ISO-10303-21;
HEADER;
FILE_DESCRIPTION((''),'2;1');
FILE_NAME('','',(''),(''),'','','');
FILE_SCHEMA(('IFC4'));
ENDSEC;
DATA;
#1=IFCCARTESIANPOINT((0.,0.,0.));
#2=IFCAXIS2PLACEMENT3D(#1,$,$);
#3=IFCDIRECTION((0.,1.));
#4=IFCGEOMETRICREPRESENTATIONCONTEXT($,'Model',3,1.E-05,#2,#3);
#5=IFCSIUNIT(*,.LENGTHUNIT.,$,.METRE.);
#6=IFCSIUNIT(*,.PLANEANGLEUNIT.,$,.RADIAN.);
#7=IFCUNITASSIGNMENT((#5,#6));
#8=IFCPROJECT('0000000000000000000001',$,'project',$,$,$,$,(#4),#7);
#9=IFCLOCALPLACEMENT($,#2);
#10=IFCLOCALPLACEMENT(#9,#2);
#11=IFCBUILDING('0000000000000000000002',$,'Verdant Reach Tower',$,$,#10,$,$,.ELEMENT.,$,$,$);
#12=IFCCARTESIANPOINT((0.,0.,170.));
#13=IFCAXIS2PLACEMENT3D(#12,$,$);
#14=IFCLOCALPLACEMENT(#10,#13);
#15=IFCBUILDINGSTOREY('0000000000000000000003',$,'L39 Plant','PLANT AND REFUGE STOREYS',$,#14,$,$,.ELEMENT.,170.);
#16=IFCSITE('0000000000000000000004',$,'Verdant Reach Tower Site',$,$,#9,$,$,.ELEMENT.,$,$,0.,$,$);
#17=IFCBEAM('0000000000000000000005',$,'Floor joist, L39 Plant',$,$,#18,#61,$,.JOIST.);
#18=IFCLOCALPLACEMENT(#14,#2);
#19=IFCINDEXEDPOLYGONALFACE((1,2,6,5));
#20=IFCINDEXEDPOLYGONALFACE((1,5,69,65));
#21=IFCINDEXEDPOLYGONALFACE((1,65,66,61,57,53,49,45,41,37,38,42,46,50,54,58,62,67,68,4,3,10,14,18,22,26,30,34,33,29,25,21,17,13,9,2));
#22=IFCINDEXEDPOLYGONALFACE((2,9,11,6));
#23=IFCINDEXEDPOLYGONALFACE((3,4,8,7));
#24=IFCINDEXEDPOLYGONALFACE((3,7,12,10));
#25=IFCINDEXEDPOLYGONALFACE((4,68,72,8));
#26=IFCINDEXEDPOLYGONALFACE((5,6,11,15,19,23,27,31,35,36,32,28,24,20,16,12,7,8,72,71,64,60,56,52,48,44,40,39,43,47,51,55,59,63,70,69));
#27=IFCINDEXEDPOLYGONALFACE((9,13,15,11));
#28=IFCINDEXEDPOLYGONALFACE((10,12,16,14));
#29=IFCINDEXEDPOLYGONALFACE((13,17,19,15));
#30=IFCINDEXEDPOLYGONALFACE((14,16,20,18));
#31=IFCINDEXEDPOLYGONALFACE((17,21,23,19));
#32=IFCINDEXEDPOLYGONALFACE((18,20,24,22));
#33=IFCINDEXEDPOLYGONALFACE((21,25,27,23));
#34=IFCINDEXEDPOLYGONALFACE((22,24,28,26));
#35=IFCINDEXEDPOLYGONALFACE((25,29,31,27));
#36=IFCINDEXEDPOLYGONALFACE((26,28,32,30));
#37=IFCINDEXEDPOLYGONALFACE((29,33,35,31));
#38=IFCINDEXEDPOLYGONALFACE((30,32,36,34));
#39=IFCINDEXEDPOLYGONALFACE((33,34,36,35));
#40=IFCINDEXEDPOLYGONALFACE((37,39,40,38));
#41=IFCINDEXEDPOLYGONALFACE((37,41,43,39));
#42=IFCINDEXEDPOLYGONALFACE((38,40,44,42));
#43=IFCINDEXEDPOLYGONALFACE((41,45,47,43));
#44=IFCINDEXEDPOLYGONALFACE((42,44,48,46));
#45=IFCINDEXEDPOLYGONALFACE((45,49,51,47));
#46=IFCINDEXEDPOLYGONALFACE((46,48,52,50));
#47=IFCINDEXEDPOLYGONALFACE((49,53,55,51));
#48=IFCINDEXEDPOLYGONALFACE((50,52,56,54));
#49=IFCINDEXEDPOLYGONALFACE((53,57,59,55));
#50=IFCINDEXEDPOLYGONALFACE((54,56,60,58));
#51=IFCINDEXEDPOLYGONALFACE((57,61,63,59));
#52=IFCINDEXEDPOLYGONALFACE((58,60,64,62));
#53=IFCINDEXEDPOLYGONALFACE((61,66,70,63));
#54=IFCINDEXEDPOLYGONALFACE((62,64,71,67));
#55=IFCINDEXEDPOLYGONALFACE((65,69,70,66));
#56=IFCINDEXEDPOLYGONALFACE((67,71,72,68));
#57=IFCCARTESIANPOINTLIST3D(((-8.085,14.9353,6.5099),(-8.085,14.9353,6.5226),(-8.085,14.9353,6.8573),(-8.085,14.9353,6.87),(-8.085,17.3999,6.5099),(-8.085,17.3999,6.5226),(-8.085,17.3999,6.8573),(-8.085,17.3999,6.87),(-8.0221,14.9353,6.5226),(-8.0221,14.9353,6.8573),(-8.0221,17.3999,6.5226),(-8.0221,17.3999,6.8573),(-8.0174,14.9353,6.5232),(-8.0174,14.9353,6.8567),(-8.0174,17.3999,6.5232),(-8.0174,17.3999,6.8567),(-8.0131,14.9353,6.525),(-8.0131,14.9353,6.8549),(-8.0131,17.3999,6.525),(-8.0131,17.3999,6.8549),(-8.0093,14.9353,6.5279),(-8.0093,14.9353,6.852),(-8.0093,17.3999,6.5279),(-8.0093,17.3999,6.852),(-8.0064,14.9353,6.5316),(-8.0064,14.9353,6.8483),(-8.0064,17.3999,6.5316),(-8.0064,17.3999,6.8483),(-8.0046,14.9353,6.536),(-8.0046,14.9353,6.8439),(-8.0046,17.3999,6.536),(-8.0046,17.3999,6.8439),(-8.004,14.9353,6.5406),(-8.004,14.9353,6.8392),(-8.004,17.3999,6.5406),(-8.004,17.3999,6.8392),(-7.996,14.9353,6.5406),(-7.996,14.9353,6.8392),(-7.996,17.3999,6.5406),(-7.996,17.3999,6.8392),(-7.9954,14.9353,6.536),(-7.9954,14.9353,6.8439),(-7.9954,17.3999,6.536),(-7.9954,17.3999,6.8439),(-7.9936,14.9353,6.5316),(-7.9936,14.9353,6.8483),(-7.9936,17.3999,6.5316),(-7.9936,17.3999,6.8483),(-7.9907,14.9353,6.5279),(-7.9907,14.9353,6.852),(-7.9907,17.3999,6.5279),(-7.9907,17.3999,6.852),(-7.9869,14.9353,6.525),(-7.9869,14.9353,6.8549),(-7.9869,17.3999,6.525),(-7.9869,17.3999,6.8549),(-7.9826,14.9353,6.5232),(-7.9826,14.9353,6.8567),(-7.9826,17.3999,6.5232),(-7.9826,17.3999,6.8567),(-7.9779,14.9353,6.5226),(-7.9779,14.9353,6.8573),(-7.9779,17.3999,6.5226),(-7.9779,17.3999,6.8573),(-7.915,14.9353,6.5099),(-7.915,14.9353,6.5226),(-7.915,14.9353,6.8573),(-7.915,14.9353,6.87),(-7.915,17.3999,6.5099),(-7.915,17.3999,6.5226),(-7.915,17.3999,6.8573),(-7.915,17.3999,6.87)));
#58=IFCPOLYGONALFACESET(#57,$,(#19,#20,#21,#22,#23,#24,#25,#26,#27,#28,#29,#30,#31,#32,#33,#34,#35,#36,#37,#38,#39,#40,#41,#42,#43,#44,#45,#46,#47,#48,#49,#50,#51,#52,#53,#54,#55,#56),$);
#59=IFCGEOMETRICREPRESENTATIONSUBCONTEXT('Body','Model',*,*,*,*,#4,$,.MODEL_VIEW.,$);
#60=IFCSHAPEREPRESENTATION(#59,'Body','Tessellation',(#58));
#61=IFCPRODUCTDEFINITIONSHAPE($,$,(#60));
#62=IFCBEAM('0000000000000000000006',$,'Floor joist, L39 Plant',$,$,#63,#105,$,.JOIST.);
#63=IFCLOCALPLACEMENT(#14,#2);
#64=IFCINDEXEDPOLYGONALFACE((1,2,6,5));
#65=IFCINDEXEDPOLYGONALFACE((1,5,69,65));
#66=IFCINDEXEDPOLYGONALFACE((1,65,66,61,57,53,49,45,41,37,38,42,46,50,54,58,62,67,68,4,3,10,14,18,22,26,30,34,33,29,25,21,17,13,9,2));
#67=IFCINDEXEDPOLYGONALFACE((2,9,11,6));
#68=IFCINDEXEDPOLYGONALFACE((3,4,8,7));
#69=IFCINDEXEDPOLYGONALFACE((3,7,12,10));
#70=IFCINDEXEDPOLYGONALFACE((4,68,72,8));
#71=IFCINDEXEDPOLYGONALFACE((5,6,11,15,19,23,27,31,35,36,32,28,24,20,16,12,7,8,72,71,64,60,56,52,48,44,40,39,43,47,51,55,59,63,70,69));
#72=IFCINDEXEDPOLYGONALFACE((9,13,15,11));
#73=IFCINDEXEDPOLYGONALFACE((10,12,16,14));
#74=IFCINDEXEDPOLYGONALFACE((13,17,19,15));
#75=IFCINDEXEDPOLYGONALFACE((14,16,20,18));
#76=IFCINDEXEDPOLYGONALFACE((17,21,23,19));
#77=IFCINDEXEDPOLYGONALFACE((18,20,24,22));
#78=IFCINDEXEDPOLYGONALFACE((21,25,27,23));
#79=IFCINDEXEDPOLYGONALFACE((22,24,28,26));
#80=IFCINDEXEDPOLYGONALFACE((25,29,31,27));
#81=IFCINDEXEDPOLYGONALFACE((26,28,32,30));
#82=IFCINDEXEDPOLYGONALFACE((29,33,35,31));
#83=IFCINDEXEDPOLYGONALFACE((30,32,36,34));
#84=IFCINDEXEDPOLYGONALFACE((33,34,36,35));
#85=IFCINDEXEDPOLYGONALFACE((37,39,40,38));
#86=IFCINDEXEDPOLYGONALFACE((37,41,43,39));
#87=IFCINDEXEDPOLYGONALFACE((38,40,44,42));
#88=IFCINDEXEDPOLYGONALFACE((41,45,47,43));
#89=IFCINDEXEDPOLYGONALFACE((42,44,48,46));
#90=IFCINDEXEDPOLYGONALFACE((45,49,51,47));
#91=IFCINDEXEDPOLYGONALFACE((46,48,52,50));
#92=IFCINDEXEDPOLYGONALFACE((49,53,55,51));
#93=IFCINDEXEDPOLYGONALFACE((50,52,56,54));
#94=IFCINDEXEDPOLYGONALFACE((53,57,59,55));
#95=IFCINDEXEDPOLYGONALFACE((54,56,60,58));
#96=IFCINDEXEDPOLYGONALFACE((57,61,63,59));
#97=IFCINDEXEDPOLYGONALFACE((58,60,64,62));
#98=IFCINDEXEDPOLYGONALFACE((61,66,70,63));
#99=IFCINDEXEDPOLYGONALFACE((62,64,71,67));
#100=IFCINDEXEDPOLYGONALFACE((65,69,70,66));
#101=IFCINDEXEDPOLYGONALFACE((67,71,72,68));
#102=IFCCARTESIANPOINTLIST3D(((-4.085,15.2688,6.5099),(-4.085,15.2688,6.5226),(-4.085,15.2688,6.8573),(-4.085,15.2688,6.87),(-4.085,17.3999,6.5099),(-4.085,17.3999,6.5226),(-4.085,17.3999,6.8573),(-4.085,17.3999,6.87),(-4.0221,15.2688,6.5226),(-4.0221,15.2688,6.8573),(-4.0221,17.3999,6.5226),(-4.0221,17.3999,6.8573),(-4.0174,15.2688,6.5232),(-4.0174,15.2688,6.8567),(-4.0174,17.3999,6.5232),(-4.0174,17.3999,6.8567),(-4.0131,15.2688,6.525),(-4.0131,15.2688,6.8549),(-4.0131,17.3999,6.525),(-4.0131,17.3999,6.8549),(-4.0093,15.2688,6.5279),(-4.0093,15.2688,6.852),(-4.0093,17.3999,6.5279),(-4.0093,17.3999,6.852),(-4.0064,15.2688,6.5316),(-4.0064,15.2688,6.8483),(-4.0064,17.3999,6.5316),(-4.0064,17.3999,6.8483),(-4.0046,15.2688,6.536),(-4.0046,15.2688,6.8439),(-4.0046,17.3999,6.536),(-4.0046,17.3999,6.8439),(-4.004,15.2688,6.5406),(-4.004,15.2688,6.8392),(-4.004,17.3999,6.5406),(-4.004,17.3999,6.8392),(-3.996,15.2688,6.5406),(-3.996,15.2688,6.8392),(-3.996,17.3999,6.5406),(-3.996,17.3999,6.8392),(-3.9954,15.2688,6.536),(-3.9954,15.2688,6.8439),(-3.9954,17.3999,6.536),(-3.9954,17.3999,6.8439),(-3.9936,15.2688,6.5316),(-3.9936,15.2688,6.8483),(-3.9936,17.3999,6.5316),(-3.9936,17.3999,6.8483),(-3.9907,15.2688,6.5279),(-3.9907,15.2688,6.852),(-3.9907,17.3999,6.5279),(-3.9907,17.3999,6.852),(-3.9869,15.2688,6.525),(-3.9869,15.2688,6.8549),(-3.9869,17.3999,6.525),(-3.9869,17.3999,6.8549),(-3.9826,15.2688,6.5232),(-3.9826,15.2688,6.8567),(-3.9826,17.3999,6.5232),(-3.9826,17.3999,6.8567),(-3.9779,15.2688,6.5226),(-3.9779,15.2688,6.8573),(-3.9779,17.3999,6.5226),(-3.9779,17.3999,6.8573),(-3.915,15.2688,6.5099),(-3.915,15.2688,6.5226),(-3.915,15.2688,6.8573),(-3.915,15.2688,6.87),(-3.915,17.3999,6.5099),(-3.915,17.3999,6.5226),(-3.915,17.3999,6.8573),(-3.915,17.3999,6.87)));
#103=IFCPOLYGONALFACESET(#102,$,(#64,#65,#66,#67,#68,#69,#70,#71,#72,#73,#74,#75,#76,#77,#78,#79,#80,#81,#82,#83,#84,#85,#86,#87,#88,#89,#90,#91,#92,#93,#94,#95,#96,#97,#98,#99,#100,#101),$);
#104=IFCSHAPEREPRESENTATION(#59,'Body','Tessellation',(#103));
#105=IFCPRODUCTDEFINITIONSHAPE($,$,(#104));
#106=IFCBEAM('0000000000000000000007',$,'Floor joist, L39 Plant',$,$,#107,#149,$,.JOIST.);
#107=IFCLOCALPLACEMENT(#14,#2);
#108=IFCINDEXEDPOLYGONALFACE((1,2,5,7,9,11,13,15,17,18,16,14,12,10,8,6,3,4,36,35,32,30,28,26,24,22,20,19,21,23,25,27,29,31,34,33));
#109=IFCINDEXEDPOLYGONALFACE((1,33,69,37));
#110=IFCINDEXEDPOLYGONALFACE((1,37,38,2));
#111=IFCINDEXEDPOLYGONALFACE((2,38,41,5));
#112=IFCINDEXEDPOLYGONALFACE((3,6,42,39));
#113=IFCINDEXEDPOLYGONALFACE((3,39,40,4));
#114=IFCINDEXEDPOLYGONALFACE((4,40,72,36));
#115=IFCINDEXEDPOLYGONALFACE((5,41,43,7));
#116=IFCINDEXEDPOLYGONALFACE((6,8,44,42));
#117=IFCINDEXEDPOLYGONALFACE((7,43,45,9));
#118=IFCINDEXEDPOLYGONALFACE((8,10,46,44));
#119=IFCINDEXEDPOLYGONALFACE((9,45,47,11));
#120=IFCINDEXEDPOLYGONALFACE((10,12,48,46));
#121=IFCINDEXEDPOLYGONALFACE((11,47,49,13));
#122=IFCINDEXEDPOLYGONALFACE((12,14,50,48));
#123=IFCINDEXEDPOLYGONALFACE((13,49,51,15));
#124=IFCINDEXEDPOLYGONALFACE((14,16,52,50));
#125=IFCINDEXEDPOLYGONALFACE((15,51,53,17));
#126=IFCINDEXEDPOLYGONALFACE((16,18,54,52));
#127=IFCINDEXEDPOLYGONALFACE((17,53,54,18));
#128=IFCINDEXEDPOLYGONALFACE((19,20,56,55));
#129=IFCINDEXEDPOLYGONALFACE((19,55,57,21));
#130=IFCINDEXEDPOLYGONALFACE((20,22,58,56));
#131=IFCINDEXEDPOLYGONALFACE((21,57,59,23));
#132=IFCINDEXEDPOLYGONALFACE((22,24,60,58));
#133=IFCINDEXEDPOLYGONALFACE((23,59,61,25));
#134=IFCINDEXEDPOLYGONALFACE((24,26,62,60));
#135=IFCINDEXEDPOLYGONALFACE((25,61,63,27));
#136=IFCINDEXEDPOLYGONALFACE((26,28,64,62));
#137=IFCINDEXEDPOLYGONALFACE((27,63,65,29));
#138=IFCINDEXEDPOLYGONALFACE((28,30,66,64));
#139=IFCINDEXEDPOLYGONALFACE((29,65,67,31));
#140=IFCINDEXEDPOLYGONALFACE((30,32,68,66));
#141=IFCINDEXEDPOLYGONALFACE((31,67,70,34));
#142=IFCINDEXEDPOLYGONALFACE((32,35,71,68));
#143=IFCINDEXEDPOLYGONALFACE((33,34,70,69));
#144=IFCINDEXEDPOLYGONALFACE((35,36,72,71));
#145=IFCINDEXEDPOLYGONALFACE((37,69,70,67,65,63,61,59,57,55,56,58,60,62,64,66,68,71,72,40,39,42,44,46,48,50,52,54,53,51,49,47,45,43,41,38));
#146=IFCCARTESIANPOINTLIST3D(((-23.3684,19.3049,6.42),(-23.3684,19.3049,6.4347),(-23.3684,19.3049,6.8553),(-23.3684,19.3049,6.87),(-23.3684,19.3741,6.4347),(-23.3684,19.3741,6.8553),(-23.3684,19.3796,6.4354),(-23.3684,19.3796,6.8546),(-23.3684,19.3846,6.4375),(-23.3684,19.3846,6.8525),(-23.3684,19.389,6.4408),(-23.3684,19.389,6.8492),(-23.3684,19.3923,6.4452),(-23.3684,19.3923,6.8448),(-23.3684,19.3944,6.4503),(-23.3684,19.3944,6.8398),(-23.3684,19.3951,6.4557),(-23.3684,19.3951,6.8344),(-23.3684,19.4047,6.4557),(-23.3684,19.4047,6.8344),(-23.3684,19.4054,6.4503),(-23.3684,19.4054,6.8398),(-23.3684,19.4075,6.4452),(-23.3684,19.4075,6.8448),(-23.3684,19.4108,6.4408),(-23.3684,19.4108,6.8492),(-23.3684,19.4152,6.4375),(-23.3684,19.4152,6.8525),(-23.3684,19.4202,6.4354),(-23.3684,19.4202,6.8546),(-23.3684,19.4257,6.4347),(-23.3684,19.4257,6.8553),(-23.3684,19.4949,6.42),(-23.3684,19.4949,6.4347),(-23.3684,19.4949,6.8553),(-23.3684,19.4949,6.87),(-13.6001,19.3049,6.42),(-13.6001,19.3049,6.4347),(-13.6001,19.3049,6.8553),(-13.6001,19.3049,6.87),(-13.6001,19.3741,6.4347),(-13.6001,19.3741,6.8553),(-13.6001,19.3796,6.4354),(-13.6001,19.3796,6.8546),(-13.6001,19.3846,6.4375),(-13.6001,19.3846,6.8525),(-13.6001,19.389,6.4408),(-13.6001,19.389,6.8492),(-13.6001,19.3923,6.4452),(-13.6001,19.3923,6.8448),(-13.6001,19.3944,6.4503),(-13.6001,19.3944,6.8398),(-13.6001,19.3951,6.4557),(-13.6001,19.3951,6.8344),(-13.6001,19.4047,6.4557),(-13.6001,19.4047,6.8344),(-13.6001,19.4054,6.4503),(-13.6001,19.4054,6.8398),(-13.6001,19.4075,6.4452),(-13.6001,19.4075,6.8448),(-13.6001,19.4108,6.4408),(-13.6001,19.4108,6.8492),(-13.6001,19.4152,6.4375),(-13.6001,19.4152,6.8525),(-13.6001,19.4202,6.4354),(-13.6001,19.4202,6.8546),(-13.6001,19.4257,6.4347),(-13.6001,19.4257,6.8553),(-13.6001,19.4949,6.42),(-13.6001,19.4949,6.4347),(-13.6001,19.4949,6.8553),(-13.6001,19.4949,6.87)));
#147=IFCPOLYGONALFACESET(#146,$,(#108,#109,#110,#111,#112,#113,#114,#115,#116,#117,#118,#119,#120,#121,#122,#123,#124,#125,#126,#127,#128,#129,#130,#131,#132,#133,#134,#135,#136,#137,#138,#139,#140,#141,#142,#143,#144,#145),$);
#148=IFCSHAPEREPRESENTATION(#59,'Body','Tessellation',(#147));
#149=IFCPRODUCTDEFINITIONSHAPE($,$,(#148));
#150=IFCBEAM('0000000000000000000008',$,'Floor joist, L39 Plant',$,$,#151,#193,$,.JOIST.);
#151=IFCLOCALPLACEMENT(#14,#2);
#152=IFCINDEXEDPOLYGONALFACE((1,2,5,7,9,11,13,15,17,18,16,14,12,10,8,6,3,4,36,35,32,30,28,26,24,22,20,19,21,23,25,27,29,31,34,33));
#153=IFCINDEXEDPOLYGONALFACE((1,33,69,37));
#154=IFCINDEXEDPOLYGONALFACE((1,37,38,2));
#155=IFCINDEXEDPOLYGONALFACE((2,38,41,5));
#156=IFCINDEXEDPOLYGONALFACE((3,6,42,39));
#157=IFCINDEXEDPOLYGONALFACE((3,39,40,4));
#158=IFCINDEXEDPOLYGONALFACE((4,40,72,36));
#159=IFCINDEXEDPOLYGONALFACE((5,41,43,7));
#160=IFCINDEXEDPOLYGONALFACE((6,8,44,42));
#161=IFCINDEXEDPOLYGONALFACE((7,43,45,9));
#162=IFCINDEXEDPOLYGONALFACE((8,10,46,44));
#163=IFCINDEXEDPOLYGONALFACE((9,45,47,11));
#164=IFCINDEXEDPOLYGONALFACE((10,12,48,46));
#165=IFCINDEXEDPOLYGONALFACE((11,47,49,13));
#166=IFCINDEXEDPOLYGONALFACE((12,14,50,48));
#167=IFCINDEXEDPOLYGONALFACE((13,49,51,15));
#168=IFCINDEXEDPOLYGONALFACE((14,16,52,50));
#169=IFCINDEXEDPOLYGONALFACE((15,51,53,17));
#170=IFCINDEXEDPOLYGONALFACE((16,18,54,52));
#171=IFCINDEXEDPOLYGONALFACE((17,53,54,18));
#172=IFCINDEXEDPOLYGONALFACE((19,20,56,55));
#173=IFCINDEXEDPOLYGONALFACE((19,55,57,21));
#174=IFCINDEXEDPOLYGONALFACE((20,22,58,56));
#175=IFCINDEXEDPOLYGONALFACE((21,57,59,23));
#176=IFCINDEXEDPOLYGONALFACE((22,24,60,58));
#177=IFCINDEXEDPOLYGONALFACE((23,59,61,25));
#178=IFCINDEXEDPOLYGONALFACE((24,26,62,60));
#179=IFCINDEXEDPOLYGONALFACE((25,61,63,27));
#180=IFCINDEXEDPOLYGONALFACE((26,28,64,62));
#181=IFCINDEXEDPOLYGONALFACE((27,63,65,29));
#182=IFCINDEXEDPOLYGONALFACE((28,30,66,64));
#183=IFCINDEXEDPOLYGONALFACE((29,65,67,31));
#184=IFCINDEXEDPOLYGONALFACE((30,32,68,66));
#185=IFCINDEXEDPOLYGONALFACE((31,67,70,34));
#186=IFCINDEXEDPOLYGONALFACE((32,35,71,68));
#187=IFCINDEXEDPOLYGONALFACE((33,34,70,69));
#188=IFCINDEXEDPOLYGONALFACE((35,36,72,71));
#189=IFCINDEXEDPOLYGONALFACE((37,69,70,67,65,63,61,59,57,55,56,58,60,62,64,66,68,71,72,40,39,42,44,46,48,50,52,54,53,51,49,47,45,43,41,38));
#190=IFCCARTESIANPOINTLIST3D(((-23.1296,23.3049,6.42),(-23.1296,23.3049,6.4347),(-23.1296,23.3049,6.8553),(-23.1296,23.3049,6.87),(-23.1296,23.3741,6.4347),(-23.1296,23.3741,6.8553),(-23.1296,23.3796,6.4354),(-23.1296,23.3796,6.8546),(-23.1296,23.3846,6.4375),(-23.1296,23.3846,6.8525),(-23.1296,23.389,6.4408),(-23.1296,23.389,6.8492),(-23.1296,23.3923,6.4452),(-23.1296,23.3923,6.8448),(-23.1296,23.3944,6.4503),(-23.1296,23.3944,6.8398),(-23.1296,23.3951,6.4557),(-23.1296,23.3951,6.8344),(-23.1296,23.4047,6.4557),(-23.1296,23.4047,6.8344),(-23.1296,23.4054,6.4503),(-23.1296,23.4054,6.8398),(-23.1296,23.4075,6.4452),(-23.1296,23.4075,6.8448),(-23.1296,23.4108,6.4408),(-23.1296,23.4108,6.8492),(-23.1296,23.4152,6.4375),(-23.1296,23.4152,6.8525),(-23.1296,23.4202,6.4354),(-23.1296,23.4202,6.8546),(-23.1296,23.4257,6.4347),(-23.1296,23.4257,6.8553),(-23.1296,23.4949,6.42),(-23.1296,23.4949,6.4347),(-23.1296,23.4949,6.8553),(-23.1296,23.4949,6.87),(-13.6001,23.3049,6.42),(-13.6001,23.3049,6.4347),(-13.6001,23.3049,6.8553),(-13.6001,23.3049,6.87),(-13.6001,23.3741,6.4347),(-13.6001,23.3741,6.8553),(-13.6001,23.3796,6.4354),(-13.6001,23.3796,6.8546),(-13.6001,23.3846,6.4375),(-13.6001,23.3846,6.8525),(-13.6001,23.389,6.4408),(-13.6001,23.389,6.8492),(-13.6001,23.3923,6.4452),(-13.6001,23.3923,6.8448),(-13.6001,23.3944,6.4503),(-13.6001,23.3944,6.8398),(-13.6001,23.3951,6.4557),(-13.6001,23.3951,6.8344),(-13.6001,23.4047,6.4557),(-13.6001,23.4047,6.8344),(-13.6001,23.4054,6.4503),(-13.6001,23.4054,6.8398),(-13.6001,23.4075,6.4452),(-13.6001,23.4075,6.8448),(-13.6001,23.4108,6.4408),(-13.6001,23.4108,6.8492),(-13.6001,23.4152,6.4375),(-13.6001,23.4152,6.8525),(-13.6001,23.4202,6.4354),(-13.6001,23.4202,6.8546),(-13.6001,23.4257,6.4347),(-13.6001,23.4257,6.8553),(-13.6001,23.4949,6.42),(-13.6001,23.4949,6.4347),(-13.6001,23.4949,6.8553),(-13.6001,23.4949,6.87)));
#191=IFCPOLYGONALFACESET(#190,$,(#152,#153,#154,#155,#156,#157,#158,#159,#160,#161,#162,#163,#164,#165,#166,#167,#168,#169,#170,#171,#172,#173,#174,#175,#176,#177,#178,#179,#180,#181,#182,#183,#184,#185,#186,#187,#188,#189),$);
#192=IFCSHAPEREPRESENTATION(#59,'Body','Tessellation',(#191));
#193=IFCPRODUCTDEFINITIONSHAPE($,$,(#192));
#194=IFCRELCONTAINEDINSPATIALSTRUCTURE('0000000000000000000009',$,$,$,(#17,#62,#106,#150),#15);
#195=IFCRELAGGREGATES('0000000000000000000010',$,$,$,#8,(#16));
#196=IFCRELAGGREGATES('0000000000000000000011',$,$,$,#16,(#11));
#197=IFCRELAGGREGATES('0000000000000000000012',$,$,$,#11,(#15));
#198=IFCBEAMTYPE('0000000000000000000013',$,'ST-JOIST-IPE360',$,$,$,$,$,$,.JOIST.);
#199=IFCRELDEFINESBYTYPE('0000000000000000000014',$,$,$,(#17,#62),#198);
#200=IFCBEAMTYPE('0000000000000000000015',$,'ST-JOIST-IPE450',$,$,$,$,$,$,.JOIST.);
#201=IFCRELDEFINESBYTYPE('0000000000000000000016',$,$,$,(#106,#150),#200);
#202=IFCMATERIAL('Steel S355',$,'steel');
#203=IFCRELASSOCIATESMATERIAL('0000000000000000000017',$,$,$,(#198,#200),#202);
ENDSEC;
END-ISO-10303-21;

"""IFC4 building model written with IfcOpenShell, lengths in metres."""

from ifc_helpers import new_model, si_unit, direction, frame, origin, origin_2d, place, context, subcontext, project, spatial, i_section, extrude, material, material_profile, profile_set, type_object, element, save


model = new_model("IFC4")

# Units and contexts
model_context = context("Model", 3, precision=1e-05, world=origin(), true_north=direction((0.0, 1.0)))
body_context = subcontext(model_context, "Body", "Model", "MODEL_VIEW")
ifc_project = project(units=[si_unit("LENGTHUNIT", "METRE"), si_unit("PLANEANGLEUNIT", "RADIAN")], contexts=[model_context])

# Site, building, storey
site_placement = place(None, origin())
site = spatial("IfcSite", under=ifc_project, at=site_placement, Name="Verdant Reach Tower Site", CompositionType="ELEMENT", RefElevation=0.0)
building_placement = place(site_placement, origin())
building = spatial("IfcBuilding", under=site, at=building_placement, Name="Verdant Reach Tower", CompositionType="ELEMENT")
storey_placement = place(building_placement, frame((0.0, 0.0, 170.0)))
storey = spatial("IfcBuildingStorey", under=building, at=storey_placement, Name="L39 Plant", Description="PLANT AND REFUGE STOREYS", CompositionType="ELEMENT", Elevation=170.0)

# Beams
ifc_material_1 = material(Name="Steel S355", Category="steel")
ifc_material_profile_1 = material_profile(ifc_material_1, i_section(OverallWidth=0.1699, OverallDepth=0.3601, WebThickness=0.0081, FlangeThickness=0.0127, FilletRadius=0.0181, at=origin_2d()), Name="IPE 360")
ifc_profile_set_1 = profile_set([ifc_material_profile_1], Name="Steel S355")
beam_type_1 = type_object("IfcBeamType", Name="ST-JOIST-IPE360", PredefinedType="JOIST", material=ifc_profile_set_1)
beam_1_placement = place(storey_placement, frame((-8.0, 17.3999, 6.6899), z_axis=(0.0, -1.0, 0.0), x_axis=(1.0, 0.0, 0.0)))
element("IfcBeam", 1, at=beam_1_placement, inside=storey, type_object=beam_type_1, Name="Floor joist, L39 Plant", PredefinedType="JOIST", context=body_context, shape_type="SweptSolid", body=[
    extrude(i_section(OverallWidth=0.1699, OverallDepth=0.3601, WebThickness=0.0081, FlangeThickness=0.0127, FilletRadius=0.0181, at=origin_2d()), origin(), (0.0, 0.0, 1.0), 2.4646),
])
beam_2_placement = place(storey_placement, frame((-4.0, 17.3999, 6.6899), z_axis=(0.0, -1.0, 0.0), x_axis=(1.0, 0.0, 0.0)))
element("IfcBeam", 2, at=beam_2_placement, inside=storey, type_object=beam_type_1, Name="Floor joist, L39 Plant", PredefinedType="JOIST", context=body_context, shape_type="SweptSolid", body=[
    extrude(i_section(OverallWidth=0.1699, OverallDepth=0.3601, WebThickness=0.0081, FlangeThickness=0.0127, FilletRadius=0.0181, at=origin_2d()), origin(), (0.0, 0.0, 1.0), 2.1311),
])
ifc_material_profile_2 = material_profile(ifc_material_1, i_section(OverallWidth=0.1899, OverallDepth=0.45, WebThickness=0.0095, FlangeThickness=0.0146, FilletRadius=0.021, at=origin_2d()), Name="IPE 450")
ifc_profile_set_2 = profile_set([ifc_material_profile_2], Name="Steel S355")
beam_type_2 = type_object("IfcBeamType", Name="ST-JOIST-IPE450", PredefinedType="JOIST", material=ifc_profile_set_2)
beam_3_placement = place(storey_placement, frame((-13.6001, 19.3999, 6.645), z_axis=(-1.0, 0.0, 0.0), x_axis=(0.0, -1.0, 0.0)))
element("IfcBeam", 3, at=beam_3_placement, inside=storey, type_object=beam_type_2, Name="Floor joist, L39 Plant", PredefinedType="JOIST", context=body_context, shape_type="SweptSolid", body=[
    extrude(i_section(OverallWidth=0.1899, OverallDepth=0.45, WebThickness=0.0095, FlangeThickness=0.0146, FilletRadius=0.021, at=origin_2d()), origin(), (0.0, 0.0, 1.0), 9.7683),
])
beam_4_placement = place(storey_placement, frame((-13.6001, 23.3999, 6.645), z_axis=(-1.0, 0.0, 0.0), x_axis=(0.0, -1.0, 0.0)))
element("IfcBeam", 4, at=beam_4_placement, inside=storey, type_object=beam_type_2, Name="Floor joist, L39 Plant", PredefinedType="JOIST", context=body_context, shape_type="SweptSolid", body=[
    extrude(i_section(OverallWidth=0.1899, OverallDepth=0.45, WebThickness=0.0095, FlangeThickness=0.0146, FilletRadius=0.021, at=origin_2d()), origin(), (0.0, 0.0, 1.0), 9.5295),
])

save(model, "model.ifc")
